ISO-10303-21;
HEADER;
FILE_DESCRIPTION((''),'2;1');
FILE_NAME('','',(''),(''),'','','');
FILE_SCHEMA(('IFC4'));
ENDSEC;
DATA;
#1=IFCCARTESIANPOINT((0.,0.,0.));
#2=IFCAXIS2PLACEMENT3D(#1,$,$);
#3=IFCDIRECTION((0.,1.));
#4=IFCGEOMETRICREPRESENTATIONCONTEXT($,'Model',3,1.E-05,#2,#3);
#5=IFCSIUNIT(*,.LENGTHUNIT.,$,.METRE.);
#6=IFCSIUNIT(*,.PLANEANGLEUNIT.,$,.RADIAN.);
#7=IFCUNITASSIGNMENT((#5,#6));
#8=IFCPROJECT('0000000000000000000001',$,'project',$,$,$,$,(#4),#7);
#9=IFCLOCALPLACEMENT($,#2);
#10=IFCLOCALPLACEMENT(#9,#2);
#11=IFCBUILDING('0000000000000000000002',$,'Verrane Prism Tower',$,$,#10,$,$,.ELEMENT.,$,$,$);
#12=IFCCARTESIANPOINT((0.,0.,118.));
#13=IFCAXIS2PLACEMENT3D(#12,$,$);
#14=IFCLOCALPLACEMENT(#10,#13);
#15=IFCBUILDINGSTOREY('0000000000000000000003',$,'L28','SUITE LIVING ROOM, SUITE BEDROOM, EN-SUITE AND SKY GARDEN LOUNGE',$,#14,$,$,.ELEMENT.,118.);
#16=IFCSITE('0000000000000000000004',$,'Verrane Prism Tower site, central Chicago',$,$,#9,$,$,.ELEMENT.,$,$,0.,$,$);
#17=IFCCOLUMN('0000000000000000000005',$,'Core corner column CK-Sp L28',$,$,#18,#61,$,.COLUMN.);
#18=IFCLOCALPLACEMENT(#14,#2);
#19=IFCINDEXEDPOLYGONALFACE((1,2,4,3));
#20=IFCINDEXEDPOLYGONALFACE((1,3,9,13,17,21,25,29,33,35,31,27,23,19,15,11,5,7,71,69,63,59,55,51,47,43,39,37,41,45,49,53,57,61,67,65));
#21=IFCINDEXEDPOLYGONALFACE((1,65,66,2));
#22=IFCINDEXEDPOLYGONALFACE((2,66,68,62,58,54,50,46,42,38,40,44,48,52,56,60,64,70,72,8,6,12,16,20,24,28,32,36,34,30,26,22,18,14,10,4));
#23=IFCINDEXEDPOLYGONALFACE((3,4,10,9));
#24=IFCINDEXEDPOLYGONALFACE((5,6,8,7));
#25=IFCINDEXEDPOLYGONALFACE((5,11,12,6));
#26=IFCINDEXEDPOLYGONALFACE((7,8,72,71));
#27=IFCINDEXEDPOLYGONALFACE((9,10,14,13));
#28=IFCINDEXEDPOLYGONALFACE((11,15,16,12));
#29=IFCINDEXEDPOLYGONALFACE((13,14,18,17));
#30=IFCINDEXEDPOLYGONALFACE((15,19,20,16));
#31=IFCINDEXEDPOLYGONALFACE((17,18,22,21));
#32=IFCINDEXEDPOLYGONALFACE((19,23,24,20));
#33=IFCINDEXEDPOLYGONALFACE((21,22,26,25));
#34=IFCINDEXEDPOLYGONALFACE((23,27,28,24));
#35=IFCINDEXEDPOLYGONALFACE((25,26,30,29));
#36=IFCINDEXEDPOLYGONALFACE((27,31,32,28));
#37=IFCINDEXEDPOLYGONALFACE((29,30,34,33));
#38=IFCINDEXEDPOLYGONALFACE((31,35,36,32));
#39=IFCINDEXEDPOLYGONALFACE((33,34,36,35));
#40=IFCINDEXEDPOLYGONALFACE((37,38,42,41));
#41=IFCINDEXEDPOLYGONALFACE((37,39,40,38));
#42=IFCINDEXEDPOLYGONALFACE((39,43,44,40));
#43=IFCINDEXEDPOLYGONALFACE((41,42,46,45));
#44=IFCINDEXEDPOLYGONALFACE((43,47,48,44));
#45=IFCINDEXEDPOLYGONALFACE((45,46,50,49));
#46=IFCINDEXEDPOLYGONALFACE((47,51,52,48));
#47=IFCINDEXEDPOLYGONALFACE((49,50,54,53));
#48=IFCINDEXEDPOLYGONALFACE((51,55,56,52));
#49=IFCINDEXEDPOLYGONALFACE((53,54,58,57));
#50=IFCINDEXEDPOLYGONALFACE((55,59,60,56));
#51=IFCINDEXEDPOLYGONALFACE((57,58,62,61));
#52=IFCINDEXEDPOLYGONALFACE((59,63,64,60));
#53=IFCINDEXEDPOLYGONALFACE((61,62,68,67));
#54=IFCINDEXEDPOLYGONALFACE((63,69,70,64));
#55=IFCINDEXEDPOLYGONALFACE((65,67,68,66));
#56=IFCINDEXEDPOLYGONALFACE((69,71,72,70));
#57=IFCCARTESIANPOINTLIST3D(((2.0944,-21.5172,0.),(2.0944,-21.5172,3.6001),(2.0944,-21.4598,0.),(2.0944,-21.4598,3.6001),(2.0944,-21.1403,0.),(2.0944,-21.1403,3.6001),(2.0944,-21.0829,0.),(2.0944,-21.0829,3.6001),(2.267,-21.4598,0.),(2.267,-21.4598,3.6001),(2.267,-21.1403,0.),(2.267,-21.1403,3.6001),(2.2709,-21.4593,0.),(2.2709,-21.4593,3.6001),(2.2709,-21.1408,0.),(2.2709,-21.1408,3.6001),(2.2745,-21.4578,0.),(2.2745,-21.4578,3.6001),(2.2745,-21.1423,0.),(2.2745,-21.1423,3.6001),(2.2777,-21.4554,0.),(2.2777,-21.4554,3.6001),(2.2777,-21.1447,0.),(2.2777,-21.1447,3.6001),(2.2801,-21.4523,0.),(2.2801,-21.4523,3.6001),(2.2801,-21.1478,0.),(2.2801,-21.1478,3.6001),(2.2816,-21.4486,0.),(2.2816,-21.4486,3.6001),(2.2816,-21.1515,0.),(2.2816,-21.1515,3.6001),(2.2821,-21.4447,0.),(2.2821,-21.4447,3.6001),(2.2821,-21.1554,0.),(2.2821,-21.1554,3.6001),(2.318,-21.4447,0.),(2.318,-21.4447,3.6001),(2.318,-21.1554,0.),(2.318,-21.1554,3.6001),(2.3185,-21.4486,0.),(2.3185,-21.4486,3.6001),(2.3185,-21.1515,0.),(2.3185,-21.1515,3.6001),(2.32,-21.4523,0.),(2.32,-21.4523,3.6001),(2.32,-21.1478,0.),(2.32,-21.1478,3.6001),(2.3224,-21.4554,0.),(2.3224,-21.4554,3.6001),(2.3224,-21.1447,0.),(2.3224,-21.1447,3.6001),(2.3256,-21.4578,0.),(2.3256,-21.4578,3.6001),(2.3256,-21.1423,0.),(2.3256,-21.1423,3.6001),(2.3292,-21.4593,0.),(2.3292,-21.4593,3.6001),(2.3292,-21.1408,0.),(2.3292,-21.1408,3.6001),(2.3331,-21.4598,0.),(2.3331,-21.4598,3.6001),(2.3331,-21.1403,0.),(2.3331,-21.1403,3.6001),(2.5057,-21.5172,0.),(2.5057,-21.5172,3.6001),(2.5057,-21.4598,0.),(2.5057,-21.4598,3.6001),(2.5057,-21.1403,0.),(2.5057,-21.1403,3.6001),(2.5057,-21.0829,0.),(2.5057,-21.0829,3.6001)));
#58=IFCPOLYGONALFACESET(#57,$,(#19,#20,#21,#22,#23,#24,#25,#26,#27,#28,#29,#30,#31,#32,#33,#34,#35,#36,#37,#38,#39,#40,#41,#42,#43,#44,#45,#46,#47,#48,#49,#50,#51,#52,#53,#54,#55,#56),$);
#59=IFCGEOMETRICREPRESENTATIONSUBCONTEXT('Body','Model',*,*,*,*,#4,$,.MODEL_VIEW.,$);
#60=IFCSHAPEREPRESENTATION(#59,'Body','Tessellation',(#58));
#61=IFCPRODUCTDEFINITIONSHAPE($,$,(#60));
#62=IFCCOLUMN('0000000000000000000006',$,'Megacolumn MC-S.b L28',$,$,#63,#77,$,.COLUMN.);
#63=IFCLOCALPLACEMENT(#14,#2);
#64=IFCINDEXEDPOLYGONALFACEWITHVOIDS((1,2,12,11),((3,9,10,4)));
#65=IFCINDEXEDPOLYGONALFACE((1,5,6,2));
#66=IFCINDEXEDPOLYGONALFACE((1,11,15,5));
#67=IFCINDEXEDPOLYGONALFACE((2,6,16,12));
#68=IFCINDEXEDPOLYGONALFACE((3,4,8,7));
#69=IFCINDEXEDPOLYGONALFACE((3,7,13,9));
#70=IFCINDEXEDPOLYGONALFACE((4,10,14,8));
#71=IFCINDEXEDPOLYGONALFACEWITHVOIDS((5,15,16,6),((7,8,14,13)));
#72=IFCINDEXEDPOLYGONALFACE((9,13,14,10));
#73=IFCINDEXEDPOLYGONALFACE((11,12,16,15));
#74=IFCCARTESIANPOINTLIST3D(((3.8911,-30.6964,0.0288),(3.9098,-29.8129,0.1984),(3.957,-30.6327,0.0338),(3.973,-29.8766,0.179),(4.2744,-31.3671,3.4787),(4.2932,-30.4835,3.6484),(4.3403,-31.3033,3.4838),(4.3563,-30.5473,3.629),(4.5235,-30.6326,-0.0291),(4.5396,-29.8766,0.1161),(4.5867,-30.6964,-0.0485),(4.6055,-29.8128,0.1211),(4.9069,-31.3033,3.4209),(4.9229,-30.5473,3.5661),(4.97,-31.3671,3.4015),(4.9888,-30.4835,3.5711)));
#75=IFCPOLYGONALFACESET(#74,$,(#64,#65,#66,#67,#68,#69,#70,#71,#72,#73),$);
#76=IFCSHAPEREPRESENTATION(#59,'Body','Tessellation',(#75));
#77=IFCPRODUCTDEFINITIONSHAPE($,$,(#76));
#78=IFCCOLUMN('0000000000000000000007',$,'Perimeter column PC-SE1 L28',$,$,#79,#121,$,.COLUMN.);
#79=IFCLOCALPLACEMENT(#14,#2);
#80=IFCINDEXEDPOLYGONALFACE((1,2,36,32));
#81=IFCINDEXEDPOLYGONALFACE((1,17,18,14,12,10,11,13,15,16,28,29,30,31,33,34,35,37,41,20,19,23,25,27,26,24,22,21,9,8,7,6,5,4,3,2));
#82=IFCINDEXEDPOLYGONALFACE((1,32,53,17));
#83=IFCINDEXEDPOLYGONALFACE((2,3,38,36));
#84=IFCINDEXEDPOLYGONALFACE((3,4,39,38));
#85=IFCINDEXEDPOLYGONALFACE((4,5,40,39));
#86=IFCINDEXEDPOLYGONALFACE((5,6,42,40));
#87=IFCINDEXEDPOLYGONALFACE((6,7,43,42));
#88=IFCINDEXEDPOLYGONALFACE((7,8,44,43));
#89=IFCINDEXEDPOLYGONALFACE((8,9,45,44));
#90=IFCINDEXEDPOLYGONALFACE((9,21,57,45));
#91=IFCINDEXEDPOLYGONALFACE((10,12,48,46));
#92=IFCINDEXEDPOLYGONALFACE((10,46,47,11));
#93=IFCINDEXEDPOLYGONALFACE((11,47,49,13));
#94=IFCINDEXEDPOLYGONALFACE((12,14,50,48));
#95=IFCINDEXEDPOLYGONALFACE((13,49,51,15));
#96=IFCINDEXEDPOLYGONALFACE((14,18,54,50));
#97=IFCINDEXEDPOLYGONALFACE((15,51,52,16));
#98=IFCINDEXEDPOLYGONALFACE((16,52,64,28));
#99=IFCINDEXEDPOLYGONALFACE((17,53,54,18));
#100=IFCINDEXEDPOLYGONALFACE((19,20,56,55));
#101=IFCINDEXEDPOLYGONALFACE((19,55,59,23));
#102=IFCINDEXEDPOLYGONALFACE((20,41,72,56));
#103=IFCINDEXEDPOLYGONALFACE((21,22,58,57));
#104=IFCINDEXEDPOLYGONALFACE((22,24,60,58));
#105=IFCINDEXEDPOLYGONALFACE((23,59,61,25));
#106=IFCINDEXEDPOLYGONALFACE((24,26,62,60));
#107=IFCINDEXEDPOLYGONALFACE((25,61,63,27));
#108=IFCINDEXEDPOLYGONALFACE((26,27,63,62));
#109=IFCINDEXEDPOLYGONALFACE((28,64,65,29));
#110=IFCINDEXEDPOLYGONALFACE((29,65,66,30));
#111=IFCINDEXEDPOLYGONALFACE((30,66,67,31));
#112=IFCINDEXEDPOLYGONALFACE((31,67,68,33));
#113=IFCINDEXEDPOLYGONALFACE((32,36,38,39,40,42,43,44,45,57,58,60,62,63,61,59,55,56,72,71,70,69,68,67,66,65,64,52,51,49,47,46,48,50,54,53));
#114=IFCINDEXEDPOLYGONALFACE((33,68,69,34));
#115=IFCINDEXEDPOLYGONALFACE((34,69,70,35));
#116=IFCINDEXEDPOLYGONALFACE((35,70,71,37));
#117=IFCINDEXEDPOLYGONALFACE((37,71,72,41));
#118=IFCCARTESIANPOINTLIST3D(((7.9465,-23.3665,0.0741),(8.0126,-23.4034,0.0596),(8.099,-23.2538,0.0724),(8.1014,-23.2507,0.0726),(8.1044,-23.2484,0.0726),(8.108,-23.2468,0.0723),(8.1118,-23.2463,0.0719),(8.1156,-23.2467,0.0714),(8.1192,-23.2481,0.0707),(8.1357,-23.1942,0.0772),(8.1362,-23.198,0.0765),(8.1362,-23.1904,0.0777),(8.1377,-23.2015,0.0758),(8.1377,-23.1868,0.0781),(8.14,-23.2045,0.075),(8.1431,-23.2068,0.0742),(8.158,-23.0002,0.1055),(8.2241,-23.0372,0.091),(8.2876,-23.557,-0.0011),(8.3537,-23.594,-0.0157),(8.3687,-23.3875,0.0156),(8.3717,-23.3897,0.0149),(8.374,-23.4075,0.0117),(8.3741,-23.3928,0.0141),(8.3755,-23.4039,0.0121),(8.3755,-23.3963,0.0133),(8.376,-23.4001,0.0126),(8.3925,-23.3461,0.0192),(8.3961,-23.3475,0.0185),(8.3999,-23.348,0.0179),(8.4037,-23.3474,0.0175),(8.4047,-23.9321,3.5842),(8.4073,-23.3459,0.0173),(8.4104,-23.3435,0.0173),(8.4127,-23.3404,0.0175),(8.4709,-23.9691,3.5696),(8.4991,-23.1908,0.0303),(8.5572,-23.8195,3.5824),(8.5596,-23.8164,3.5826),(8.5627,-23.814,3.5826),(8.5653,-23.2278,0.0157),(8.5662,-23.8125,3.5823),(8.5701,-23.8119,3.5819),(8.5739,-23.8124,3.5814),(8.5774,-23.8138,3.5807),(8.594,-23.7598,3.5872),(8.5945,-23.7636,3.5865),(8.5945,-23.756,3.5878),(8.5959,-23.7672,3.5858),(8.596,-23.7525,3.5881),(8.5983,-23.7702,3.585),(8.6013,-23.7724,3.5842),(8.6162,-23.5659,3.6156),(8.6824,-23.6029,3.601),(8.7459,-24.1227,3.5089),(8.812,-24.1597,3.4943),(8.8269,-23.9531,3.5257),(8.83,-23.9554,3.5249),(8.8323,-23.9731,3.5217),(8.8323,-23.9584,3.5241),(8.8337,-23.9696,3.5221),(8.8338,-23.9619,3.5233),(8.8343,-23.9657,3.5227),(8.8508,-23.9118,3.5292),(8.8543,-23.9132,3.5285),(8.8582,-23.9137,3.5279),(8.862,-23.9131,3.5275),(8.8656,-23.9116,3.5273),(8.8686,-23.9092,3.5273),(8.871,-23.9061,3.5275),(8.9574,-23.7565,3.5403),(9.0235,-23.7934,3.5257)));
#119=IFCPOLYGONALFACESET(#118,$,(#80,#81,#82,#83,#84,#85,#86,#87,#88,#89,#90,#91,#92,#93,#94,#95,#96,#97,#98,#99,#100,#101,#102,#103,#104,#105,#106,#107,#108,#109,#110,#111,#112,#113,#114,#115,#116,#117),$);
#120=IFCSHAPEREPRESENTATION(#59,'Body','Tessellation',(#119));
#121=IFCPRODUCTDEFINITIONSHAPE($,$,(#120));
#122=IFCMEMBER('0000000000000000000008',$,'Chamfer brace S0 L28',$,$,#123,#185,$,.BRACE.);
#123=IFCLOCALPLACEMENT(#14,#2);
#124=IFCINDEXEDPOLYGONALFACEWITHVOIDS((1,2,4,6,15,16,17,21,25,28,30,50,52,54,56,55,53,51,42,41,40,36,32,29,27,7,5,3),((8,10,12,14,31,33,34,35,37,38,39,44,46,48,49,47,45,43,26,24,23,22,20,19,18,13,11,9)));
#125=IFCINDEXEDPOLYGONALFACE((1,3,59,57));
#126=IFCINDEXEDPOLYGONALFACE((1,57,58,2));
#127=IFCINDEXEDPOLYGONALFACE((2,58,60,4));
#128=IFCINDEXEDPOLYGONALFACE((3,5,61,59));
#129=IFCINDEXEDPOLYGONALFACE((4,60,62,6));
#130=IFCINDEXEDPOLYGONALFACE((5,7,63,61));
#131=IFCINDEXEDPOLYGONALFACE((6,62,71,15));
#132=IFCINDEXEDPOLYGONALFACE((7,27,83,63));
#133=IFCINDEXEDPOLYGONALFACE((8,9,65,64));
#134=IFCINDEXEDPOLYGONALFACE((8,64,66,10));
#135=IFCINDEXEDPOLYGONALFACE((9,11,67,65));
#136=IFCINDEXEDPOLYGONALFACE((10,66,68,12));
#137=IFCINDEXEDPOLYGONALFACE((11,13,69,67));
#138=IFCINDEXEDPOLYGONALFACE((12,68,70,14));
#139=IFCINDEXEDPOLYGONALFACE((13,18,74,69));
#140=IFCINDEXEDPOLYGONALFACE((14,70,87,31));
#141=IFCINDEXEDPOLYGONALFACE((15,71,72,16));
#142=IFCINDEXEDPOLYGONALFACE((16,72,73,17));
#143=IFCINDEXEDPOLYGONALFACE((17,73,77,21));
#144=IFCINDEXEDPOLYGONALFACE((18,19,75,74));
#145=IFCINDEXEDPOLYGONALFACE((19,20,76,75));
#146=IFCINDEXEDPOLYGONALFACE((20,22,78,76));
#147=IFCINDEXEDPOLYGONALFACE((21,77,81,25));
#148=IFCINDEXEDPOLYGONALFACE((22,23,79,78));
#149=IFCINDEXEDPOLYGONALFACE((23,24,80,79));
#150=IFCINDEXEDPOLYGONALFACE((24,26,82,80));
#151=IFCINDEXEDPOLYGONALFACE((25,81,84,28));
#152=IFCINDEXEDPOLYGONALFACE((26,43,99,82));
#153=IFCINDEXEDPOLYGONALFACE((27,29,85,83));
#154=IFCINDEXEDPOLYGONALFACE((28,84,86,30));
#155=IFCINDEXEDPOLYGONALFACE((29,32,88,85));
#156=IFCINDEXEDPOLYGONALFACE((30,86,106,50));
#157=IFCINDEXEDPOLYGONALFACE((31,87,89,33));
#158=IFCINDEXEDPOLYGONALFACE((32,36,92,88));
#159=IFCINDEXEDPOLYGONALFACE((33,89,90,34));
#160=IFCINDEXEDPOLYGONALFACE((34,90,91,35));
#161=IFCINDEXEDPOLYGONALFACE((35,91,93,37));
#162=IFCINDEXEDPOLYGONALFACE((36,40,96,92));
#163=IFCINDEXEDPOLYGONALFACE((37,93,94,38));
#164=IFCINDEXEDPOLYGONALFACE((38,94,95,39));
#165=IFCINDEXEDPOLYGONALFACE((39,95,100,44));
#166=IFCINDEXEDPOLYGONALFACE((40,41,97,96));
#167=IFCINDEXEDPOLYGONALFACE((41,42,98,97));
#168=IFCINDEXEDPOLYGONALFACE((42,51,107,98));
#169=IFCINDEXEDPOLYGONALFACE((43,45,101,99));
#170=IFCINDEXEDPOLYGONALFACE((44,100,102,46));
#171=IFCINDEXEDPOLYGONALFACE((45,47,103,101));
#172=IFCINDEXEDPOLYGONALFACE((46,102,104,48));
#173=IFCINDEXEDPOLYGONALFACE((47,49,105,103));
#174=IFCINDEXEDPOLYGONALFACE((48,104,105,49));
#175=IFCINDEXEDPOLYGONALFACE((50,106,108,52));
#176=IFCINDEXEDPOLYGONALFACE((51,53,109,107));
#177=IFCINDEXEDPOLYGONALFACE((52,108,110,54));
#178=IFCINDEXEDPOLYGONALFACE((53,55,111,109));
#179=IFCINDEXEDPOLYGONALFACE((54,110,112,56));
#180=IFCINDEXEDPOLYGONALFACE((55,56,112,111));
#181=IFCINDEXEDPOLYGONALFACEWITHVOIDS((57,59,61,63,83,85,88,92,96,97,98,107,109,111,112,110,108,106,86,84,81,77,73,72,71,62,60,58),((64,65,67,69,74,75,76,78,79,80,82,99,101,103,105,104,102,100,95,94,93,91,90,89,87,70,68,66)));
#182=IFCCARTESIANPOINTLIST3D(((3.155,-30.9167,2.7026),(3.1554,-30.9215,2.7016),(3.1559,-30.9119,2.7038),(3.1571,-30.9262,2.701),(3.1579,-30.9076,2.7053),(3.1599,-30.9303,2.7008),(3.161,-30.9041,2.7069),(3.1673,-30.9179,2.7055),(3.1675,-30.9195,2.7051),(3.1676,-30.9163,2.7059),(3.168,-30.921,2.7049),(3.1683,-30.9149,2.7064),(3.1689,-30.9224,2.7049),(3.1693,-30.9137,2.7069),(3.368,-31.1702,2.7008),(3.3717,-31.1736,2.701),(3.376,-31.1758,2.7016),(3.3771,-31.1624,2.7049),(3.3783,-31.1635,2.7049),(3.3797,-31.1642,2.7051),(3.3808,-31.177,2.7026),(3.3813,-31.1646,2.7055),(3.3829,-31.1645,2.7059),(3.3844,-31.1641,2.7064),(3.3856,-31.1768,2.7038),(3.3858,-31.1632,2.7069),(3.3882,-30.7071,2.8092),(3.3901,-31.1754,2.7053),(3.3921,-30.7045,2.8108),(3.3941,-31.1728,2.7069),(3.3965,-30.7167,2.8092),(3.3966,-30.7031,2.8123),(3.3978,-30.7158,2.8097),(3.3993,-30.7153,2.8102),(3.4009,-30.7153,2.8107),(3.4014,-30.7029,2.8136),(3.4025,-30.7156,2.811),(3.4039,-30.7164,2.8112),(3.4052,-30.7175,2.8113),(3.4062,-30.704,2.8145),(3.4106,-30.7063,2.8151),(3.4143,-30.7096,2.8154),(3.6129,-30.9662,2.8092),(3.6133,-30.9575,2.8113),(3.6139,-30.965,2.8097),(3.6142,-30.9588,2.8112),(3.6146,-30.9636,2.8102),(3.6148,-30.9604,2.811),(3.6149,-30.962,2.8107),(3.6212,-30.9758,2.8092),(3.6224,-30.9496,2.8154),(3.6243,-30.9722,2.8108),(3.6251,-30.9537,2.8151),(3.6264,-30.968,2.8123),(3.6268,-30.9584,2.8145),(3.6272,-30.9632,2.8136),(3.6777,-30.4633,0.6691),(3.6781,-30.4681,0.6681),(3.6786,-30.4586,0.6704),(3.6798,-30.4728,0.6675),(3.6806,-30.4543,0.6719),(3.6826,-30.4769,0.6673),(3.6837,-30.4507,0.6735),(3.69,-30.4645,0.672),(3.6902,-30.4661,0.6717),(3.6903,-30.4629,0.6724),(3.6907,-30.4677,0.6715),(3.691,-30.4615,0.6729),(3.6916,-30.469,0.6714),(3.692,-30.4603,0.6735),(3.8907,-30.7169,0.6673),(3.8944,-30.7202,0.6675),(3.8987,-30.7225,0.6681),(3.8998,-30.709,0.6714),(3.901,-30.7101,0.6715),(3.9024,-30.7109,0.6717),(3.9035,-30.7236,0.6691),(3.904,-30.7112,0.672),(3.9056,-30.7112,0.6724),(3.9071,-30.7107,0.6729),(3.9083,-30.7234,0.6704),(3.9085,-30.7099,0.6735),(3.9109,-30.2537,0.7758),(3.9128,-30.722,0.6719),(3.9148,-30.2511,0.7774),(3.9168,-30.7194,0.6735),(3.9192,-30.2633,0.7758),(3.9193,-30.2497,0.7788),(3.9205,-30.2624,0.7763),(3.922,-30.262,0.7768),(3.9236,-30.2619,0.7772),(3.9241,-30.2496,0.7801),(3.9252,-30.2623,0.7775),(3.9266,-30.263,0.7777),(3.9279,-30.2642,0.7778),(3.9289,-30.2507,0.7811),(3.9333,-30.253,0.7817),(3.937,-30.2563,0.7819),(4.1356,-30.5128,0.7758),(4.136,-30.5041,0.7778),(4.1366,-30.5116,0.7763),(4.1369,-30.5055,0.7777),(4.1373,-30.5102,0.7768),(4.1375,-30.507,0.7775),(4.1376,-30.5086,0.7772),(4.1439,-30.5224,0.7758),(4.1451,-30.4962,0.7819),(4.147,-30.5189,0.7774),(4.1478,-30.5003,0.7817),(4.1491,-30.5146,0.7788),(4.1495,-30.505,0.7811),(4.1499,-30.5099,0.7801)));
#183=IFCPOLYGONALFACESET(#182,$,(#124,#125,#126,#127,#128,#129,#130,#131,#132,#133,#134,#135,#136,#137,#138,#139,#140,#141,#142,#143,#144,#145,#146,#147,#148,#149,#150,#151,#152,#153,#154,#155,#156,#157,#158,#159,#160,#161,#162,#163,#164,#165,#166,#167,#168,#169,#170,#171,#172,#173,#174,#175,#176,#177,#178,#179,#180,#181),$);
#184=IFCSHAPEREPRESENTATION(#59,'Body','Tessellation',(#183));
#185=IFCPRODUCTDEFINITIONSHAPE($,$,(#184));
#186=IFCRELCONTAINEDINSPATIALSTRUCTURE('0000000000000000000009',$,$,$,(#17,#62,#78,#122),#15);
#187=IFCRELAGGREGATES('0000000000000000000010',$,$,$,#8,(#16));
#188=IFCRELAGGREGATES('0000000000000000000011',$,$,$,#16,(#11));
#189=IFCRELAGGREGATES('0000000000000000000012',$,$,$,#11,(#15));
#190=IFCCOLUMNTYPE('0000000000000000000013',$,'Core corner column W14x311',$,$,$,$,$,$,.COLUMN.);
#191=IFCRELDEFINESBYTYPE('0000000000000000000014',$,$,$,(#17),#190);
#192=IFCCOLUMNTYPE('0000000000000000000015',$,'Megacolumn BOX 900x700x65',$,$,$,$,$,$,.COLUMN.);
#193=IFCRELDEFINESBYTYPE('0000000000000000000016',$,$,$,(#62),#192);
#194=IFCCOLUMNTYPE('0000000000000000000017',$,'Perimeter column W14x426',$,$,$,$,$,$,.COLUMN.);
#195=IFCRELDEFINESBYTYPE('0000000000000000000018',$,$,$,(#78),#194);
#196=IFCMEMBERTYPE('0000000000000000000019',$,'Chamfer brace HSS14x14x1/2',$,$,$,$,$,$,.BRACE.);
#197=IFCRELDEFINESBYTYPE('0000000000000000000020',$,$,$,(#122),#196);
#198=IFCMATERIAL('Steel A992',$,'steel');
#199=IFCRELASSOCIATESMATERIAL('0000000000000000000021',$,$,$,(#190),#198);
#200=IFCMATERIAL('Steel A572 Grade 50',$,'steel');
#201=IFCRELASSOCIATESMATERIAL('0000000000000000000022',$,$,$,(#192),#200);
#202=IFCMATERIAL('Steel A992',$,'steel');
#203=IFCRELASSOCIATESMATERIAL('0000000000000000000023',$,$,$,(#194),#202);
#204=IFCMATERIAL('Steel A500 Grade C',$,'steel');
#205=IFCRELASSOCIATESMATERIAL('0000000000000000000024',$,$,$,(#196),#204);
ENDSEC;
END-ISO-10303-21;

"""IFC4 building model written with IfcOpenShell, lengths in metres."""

from ifc_helpers import new_model, si_unit, direction, frame, origin, origin_2d, place, context, subcontext, project, spatial, hollow_rectangle, i_section, extrude, material, material_profile, profile_set, type_object, element, save


model = new_model("IFC4")

# Units and contexts
model_context = context("Model", 3, precision=1e-05, world=origin(), true_north=direction((0.0, 1.0)))
body_context = subcontext(model_context, "Body", "Model", "MODEL_VIEW")
ifc_project = project(units=[si_unit("LENGTHUNIT", "METRE"), si_unit("PLANEANGLEUNIT", "RADIAN")], contexts=[model_context])

# Site, building, storey
site_placement = place(None, origin())
site = spatial("IfcSite", under=ifc_project, at=site_placement, Name="Verrane Prism Tower site, central Chicago", CompositionType="ELEMENT", RefElevation=0.0)
building_placement = place(site_placement, origin())
building = spatial("IfcBuilding", under=site, at=building_placement, Name="Verrane Prism Tower", CompositionType="ELEMENT")
storey_placement = place(building_placement, frame((0.0, 0.0, 118.0)))
storey = spatial("IfcBuildingStorey", under=building, at=storey_placement, Name="L28", Description="SUITE LIVING ROOM, SUITE BEDROOM, EN-SUITE AND SKY GARDEN LOUNGE", CompositionType="ELEMENT", Elevation=118.0)

# Columns
ifc_material_1 = material(Name="Steel A992", Category="steel")
ifc_material_profile_1 = material_profile(ifc_material_1, i_section(OverallWidth=0.4114, OverallDepth=0.4343, WebThickness=0.0359, FlangeThickness=0.0574, FilletRadius=0.0151, at=origin_2d()), Name="W14x311")
ifc_profile_set_1 = profile_set([ifc_material_profile_1], Name="Steel A992")
column_type_1 = type_object("IfcColumnType", Name="Core corner column W14x311", PredefinedType="COLUMN", material=ifc_profile_set_1)
column_1_placement = place(storey_placement, frame((2.3, -21.3, 0.0), z_axis=(0.0, 0.0, 1.0), x_axis=(-1.0, 0.0, 0.0)))
element("IfcColumn", 1, at=column_1_placement, inside=storey, type_object=column_type_1, Name="Core corner column CK-Sp L28", PredefinedType="COLUMN", context=body_context, shape_type="SweptSolid", body=[
    extrude(i_section(OverallWidth=0.4114, OverallDepth=0.4343, WebThickness=0.0359, FlangeThickness=0.0574, FilletRadius=0.0151, at=origin_2d()), origin(), (0.0, 0.0, 1.0), 3.6001),
])
ifc_material_2 = material(Name="Steel A572 Grade 50", Category="steel")
ifc_material_profile_2 = material_profile(ifc_material_2, hollow_rectangle(XDim=0.7, YDim=0.8999, WallThickness=0.0649, at=origin_2d()), Name="BOX 900x700x65")
ifc_profile_set_2 = profile_set([ifc_material_profile_2], Name="Steel A572 Grade 50")
column_type_2 = type_object("IfcColumnType", Name="Megacolumn BOX 900x700x65", PredefinedType="COLUMN", material=ifc_profile_set_2)
column_2_placement = place(storey_placement, frame((4.2483, -30.2546, 0.075), z_axis=(0.108419, -0.189698, 0.975838), x_axis=(-0.993886, -0.000074, 0.11041)))
element("IfcColumn", 2, at=column_2_placement, inside=storey, type_object=column_type_2, Name="Megacolumn MC-S.b L28", PredefinedType="COLUMN", context=body_context, shape_type="SweptSolid", body=[
    extrude(hollow_rectangle(XDim=0.7, YDim=0.8999, WallThickness=0.0649, at=origin_2d()), origin(), (0.0, 0.0, 1.0), 3.5354),
])
ifc_material_3 = material(Name="Steel A992", Category="steel")
ifc_material_profile_3 = material_profile(ifc_material_3, i_section(OverallWidth=0.4241, OverallDepth=0.4751, WebThickness=0.0479, FlangeThickness=0.0771, FilletRadius=0.0149, at=origin_2d()), Name="W14x426")
ifc_profile_set_3 = profile_set([ifc_material_profile_3], Name="Steel A992")
column_type_3 = type_object("IfcColumnType", Name="Perimeter column W14x426", PredefinedType="COLUMN", material=ifc_profile_set_3)
column_3_placement = place(storey_placement, frame((8.2559, -23.2971, 0.0449), z_axis=(0.127835, -0.157802, 0.979161), x_axis=(-0.498757, -0.863572, -0.074058)))
element("IfcColumn", 3, at=column_3_placement, inside=storey, type_object=column_type_3, Name="Perimeter column PC-SE1 L28", PredefinedType="COLUMN", context=body_context, shape_type="SweptSolid", body=[
    extrude(i_section(OverallWidth=0.4241, OverallDepth=0.4751, WebThickness=0.0479, FlangeThickness=0.0771, FilletRadius=0.0149, at=origin_2d()), origin(), (0.0, 0.0, 1.0), 3.5847),
])

# Member
ifc_material_4 = material(Name="Steel A500 Grade C", Category="steel")
ifc_material_profile_4 = material_profile(ifc_material_4, hollow_rectangle(XDim=0.3557, YDim=0.3557, WallThickness=0.0127, InnerFilletRadius=0.0063, OuterFilletRadius=0.019, at=origin_2d()), Name="HSS14x14x1/2")
ifc_profile_set_4 = profile_set([ifc_material_profile_4], Name="Steel A500 Grade C")
member_type_1 = type_object("IfcMemberType", Name="Chamfer brace HSS14x14x1/2", PredefinedType="BRACE", material=ifc_profile_set_4)
member_1_placement = place(storey_placement, frame((3.9138, -30.4866, 0.7246), z_axis=(-0.243351, -0.211071, 0.946694), x_axis=(0.655226, -0.755433, 0.0)))
element("IfcMember", 4, at=member_1_placement, inside=storey, type_object=member_type_1, Name="Chamfer brace S0 L28", PredefinedType="BRACE", context=body_context, shape_type="SweptSolid", body=[
    extrude(hollow_rectangle(XDim=0.3557, YDim=0.3557, WallThickness=0.0127, InnerFilletRadius=0.0063, OuterFilletRadius=0.019, at=origin_2d()), origin(), (0.0, 0.0, 1.0), 2.1479),
])

save(model, "model.ifc")
